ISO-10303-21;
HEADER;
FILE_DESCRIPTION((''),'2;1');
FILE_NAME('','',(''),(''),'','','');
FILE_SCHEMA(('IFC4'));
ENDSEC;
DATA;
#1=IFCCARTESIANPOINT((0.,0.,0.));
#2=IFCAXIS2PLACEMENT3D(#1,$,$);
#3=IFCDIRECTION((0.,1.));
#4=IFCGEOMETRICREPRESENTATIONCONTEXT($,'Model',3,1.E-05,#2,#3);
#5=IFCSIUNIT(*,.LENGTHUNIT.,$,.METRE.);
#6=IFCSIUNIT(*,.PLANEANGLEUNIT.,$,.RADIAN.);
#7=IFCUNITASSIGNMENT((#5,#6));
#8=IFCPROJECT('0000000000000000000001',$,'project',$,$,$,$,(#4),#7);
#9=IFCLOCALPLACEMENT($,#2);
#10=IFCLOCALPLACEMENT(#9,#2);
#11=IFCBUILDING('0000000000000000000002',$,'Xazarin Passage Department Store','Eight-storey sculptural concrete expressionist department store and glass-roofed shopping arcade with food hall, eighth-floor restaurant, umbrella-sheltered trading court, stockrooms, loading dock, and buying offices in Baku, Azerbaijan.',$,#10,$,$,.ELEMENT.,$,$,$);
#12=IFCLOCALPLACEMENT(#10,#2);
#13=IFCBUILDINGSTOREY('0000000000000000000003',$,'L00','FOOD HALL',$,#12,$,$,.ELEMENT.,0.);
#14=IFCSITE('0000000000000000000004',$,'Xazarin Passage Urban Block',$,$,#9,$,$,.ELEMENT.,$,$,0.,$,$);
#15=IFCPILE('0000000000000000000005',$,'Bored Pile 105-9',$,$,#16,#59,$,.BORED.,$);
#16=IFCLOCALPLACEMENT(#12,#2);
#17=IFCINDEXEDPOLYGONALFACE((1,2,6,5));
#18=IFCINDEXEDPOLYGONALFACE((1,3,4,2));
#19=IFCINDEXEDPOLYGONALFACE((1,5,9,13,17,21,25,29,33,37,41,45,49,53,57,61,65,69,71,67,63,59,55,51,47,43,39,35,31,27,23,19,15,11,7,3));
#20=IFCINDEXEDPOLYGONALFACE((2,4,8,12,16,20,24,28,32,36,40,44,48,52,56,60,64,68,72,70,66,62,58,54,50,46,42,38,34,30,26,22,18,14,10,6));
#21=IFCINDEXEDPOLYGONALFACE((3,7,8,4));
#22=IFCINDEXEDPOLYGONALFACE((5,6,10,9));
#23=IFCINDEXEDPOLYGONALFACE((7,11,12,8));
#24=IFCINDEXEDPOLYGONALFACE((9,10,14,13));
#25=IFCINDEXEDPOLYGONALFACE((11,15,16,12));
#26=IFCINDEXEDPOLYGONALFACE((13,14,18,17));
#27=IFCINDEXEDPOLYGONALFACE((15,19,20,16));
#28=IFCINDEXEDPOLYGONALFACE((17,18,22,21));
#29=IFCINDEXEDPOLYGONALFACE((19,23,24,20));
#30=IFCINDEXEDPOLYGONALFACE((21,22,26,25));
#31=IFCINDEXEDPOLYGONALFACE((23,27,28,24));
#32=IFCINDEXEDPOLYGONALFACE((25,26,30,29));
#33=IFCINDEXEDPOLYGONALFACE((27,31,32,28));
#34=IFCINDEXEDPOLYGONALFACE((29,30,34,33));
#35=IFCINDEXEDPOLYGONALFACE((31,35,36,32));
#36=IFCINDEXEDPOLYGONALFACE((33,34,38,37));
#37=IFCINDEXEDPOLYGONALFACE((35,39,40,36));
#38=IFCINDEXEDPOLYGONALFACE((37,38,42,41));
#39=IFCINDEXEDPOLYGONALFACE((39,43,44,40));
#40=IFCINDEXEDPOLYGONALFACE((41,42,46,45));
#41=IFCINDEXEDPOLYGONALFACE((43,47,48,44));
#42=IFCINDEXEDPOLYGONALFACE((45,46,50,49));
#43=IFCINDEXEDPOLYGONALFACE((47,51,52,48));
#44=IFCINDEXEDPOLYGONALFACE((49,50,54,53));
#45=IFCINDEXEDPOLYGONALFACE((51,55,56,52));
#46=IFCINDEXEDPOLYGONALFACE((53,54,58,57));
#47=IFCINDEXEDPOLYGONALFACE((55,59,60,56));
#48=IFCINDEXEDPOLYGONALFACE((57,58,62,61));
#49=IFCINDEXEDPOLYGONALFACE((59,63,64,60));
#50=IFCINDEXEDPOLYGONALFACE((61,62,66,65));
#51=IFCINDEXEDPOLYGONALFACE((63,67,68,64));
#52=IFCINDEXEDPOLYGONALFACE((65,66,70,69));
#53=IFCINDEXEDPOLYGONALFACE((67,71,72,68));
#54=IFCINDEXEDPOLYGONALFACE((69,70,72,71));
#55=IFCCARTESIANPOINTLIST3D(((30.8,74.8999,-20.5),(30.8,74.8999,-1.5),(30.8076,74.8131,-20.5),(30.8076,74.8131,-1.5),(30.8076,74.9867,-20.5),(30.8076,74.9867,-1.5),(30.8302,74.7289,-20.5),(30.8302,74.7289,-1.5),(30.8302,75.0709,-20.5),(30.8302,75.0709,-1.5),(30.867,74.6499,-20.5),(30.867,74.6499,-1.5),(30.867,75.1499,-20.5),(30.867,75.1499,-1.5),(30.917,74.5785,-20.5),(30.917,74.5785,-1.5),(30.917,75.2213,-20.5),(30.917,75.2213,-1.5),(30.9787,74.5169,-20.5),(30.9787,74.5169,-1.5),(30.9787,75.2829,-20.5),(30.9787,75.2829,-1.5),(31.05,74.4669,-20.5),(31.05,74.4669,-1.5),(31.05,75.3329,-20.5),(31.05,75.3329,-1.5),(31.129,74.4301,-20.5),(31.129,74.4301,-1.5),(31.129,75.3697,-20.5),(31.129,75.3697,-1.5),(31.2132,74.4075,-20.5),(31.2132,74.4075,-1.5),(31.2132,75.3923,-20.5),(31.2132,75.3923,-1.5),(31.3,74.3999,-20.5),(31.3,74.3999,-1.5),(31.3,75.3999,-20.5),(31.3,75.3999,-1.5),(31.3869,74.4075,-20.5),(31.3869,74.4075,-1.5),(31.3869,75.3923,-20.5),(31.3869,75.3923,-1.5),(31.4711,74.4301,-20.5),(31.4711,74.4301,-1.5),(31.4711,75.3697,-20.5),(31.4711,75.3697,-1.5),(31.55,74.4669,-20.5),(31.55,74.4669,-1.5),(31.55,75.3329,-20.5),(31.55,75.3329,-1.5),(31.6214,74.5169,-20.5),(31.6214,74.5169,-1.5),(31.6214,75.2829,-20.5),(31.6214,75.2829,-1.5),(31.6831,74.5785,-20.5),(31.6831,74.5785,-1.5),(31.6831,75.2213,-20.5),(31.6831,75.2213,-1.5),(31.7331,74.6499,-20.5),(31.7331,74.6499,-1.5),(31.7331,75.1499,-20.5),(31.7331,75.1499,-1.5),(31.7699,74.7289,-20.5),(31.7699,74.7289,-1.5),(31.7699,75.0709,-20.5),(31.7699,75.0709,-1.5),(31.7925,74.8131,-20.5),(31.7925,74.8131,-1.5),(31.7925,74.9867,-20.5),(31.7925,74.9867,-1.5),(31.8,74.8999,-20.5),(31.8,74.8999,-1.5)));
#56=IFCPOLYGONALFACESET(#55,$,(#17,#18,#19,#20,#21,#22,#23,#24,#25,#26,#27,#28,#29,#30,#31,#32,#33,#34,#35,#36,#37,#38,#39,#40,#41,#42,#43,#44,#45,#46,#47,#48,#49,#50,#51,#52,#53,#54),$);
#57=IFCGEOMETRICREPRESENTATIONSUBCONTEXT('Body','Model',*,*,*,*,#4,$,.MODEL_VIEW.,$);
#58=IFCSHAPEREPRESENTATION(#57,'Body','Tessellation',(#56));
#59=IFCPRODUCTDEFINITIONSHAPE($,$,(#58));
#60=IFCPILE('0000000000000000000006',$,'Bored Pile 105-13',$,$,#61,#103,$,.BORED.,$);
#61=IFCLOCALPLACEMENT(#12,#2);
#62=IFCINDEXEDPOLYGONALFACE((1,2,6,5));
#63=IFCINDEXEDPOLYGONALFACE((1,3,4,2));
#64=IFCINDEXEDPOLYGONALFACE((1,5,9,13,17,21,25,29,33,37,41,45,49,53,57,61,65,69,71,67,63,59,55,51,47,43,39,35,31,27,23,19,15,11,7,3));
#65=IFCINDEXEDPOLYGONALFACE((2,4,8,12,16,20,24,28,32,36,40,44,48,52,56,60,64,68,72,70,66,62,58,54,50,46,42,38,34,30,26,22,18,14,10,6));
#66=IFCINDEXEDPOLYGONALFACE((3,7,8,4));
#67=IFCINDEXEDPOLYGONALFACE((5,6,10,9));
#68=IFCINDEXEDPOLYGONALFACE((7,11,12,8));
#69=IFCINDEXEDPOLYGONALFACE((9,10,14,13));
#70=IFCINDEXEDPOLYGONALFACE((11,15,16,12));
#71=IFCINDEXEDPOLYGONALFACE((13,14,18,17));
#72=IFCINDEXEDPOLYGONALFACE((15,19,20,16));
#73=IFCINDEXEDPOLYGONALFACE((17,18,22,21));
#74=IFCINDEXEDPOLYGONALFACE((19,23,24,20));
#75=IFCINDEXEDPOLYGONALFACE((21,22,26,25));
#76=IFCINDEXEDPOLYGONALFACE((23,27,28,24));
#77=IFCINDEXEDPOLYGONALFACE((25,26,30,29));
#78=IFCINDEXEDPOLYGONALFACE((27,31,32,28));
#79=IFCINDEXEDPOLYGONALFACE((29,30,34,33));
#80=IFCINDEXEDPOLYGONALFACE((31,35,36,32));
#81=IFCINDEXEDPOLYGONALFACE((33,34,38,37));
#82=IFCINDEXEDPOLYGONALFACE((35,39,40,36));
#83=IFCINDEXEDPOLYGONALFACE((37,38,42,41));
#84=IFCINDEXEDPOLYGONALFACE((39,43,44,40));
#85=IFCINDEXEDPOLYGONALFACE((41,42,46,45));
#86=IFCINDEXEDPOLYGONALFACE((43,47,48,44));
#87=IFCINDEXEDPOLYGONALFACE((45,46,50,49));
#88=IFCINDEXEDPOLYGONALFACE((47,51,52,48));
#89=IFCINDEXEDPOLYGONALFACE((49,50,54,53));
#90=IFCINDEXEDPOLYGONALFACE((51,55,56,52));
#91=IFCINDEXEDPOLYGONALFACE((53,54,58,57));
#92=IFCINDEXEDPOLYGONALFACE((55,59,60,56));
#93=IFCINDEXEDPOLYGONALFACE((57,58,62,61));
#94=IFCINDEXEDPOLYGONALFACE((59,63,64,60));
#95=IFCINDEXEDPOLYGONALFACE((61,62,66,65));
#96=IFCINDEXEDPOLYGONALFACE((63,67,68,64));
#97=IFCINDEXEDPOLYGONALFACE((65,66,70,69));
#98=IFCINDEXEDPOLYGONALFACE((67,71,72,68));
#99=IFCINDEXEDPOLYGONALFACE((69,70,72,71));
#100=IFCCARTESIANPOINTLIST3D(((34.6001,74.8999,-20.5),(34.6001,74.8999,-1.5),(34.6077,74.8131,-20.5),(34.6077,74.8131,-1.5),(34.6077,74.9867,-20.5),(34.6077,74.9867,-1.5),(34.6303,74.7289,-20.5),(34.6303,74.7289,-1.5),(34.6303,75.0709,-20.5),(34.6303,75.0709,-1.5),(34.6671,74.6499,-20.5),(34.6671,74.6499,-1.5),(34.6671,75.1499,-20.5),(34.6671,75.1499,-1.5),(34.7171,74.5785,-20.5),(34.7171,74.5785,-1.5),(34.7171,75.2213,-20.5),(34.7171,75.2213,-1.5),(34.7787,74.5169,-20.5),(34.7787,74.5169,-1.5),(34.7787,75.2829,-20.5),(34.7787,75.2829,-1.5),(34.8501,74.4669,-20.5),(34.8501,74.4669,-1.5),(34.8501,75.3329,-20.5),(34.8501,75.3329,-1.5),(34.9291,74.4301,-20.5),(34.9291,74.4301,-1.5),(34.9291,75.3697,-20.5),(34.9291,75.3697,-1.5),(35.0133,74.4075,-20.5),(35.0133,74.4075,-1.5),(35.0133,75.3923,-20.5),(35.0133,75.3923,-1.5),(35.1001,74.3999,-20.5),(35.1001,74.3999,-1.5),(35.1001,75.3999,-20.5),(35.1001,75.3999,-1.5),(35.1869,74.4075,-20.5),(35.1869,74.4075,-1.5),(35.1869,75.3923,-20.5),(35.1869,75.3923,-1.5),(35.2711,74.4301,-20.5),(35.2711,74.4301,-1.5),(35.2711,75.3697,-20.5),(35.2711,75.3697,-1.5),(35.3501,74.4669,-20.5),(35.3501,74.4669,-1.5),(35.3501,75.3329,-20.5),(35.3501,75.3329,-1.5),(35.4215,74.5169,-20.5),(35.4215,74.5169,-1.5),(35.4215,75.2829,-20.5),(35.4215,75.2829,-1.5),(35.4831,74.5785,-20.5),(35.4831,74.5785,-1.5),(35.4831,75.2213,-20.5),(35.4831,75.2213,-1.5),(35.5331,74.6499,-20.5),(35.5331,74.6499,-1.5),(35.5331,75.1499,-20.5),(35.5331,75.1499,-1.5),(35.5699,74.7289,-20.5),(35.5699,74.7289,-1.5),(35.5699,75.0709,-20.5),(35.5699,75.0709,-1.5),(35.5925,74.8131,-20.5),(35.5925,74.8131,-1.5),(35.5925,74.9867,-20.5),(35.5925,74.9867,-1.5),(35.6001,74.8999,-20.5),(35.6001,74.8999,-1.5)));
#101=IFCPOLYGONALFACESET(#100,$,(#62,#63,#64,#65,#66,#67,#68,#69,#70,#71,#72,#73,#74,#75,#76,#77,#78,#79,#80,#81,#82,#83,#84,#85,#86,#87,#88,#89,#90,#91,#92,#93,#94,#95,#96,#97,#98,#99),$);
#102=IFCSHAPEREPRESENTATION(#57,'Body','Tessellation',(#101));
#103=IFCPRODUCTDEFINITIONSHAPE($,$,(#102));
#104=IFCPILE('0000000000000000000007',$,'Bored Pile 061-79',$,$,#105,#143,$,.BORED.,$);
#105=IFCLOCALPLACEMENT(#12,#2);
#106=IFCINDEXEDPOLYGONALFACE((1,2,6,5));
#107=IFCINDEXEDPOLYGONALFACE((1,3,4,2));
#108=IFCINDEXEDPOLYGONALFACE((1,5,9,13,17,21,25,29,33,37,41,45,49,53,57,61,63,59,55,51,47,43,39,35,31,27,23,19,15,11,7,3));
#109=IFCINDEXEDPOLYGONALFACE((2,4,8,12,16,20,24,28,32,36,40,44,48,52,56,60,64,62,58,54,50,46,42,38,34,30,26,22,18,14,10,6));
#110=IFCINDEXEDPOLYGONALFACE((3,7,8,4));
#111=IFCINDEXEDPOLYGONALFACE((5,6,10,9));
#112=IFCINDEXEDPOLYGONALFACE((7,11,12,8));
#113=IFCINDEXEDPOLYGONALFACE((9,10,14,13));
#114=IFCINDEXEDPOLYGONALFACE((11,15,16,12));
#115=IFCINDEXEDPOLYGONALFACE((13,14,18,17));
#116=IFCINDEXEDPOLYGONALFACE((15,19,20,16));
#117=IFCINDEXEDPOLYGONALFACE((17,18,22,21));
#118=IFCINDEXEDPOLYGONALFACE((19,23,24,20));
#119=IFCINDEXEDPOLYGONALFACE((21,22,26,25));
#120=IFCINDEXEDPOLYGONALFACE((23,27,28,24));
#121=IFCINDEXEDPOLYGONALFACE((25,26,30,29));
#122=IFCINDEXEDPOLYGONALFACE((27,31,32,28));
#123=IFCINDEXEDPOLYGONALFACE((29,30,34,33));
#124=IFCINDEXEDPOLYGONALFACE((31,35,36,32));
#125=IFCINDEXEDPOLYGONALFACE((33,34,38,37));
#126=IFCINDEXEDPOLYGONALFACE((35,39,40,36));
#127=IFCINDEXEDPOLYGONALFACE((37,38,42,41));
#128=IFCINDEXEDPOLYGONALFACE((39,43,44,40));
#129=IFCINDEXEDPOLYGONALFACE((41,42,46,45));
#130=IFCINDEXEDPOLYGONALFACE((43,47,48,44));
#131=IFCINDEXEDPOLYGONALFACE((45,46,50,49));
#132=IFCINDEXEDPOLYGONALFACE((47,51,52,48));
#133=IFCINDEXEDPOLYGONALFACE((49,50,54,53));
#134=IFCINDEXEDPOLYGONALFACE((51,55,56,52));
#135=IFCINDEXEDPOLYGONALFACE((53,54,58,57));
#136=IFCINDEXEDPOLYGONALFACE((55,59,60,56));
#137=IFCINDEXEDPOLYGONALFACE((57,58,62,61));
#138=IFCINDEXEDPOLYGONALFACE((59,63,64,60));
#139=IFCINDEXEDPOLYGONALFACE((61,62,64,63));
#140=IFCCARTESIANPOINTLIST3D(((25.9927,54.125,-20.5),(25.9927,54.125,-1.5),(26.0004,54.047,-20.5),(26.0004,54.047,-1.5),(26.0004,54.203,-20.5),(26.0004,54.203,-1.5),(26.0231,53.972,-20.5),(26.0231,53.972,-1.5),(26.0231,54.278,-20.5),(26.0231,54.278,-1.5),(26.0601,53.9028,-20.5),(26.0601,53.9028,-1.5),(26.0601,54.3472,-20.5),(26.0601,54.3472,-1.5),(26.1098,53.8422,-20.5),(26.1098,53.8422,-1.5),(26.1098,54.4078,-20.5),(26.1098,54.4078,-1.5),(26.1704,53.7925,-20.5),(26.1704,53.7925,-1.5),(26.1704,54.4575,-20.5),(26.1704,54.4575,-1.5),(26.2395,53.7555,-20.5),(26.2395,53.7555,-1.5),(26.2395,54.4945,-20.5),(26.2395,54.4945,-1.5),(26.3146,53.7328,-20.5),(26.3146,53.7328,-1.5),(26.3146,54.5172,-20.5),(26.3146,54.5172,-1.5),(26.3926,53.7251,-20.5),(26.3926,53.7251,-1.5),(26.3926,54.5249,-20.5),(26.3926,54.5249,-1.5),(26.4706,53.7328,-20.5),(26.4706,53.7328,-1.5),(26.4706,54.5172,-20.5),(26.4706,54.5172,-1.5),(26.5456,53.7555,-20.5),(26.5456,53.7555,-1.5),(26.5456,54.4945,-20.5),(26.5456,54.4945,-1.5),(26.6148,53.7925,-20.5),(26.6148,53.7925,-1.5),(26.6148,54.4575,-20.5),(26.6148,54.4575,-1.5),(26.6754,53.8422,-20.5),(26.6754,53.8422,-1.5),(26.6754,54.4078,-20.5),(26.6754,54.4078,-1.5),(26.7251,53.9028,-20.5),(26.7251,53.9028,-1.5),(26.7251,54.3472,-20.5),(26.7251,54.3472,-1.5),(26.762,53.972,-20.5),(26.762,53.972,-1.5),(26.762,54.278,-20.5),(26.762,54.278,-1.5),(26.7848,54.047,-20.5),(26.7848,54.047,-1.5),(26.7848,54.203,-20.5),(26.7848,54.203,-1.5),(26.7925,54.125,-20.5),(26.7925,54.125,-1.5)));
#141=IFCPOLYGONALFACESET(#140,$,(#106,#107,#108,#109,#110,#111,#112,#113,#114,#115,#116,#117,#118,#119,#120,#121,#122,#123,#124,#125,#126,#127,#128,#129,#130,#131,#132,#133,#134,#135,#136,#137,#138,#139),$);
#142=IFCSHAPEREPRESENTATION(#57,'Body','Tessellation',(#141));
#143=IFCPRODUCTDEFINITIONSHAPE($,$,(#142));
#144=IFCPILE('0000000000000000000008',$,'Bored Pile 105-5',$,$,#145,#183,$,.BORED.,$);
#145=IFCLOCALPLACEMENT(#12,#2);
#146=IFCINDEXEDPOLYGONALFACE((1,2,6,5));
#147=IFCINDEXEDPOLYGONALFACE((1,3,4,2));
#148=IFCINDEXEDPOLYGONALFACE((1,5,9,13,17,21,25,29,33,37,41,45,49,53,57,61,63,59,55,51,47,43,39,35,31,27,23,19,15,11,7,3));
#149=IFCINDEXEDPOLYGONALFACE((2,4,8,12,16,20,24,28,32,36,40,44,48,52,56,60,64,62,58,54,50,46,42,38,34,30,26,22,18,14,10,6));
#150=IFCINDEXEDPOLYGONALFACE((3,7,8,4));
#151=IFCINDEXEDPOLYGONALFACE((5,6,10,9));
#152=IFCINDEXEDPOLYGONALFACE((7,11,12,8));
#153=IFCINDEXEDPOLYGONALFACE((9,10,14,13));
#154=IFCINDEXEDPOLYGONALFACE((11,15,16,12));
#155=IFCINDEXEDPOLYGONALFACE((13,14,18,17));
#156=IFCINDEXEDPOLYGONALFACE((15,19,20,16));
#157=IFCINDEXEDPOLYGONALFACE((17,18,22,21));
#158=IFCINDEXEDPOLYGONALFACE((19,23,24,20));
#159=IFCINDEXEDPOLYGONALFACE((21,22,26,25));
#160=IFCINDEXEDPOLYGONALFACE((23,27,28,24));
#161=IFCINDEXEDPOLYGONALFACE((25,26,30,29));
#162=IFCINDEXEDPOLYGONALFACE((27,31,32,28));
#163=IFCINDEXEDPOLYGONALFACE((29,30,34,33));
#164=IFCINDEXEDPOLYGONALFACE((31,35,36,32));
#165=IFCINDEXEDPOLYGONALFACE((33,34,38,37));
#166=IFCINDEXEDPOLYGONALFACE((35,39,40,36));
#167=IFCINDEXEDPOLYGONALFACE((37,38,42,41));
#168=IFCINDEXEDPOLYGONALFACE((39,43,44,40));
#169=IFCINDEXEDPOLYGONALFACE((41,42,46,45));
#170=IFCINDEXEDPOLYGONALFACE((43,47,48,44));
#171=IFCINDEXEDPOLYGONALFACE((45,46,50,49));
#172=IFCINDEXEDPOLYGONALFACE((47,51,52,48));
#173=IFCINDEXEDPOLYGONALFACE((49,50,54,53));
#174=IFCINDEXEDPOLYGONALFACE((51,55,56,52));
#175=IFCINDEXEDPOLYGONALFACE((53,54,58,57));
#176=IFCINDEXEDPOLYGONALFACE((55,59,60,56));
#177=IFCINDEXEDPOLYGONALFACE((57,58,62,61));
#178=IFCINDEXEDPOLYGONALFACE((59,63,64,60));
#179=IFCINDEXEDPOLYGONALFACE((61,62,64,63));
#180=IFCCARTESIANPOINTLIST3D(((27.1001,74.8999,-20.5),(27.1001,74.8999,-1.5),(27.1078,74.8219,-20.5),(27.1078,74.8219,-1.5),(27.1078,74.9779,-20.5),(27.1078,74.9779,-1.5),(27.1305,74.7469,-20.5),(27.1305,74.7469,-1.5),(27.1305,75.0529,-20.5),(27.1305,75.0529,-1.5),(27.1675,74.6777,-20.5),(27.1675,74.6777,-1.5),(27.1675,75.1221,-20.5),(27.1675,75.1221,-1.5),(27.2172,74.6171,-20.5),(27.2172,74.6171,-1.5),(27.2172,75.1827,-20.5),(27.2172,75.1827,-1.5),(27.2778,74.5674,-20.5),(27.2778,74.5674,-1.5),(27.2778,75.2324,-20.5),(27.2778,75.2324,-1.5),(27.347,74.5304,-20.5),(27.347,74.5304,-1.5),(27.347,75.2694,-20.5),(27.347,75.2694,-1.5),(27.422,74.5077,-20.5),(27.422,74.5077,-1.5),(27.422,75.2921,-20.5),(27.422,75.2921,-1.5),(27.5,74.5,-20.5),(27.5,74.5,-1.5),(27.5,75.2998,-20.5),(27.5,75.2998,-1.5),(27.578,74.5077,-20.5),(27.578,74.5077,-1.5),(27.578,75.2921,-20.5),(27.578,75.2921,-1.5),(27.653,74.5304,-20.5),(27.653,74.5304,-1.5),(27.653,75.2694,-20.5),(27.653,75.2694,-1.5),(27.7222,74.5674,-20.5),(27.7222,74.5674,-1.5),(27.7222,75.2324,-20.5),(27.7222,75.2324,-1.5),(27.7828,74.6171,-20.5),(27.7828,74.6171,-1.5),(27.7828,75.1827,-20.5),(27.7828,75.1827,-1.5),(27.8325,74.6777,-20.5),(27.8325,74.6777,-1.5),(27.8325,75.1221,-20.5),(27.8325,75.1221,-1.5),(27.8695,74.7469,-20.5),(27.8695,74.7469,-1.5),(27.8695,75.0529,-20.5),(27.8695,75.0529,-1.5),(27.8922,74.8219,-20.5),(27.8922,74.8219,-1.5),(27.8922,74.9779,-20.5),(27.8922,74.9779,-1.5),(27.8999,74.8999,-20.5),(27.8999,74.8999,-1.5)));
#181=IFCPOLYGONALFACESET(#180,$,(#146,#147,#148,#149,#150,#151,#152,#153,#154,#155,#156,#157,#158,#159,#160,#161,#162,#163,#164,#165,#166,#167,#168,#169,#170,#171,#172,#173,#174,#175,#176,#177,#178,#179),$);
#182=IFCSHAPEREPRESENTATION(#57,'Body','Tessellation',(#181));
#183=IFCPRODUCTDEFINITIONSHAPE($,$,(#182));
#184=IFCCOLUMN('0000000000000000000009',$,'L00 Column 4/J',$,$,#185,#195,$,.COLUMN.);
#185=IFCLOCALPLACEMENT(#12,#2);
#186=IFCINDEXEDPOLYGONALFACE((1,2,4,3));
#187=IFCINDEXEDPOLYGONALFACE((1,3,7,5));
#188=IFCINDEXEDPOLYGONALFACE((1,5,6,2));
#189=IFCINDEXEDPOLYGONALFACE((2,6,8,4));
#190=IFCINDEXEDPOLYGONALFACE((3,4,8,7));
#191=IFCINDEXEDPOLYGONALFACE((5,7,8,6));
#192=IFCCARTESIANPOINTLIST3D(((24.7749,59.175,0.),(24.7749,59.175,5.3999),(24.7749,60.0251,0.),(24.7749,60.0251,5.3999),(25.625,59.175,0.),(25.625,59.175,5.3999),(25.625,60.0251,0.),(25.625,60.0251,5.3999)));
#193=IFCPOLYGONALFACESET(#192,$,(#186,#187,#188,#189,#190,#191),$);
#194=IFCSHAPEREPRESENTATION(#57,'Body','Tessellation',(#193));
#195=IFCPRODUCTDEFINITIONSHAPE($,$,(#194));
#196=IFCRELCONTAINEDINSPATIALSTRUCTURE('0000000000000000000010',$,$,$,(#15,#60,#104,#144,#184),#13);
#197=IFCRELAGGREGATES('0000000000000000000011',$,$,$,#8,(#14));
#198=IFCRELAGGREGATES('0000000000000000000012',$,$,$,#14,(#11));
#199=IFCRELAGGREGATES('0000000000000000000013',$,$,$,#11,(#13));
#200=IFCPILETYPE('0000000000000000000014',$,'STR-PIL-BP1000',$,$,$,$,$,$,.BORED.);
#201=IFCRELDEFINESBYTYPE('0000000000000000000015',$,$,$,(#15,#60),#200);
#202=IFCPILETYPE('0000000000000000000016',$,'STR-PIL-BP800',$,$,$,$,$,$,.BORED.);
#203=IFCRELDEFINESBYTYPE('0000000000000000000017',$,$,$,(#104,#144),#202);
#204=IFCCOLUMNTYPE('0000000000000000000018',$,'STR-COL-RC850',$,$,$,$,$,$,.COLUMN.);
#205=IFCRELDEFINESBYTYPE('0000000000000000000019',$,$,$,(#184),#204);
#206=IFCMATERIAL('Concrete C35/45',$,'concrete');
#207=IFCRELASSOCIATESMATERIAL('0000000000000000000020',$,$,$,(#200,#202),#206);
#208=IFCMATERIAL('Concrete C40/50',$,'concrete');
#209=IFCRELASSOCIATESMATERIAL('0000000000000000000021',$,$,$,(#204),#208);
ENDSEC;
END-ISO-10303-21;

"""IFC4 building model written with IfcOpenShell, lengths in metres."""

from ifc_helpers import new_model, si_unit, direction, frame, origin, origin_2d, place, context, subcontext, project, spatial, rectangle, circle, extrude, material, material_profile, profile_set, type_object, element, save


model = new_model("IFC4")

# Units and contexts
model_context = context("Model", 3, precision=1e-05, world=origin(), true_north=direction((0.0, 1.0)))
body_context = subcontext(model_context, "Body", "Model", "MODEL_VIEW")
ifc_project = project(units=[si_unit("LENGTHUNIT", "METRE"), si_unit("PLANEANGLEUNIT", "RADIAN")], contexts=[model_context])

# Site, building, storey
site_placement = place(None, origin())
site = spatial("IfcSite", under=ifc_project, at=site_placement, Name="Xazarin Passage Urban Block", CompositionType="ELEMENT", RefElevation=0.0)
building_placement = place(site_placement, origin())
building = spatial("IfcBuilding", under=site, at=building_placement, Name="Xazarin Passage Department Store", Description="Eight-storey sculptural concrete expressionist department store and glass-roofed shopping arcade with food hall, eighth-floor restaurant, umbrella-sheltered trading court, stockrooms, loading dock, and buying offices in Baku, Azerbaijan.", CompositionType="ELEMENT")
storey_placement = place(building_placement, origin())
storey = spatial("IfcBuildingStorey", under=building, at=storey_placement, Name="L00", Description="FOOD HALL", CompositionType="ELEMENT", Elevation=0.0)

# Shared definitions
ifc_material_1 = material(Name="Concrete C35/45", Category="concrete")

# Piles
ifc_material_profile_1 = material_profile(ifc_material_1, circle(Radius=0.5, at=origin_2d()), Name="BP 1000")
ifc_profile_set_1 = profile_set([ifc_material_profile_1], Name="Concrete C35/45")
pile_type_1 = type_object("IfcPileType", Name="STR-PIL-BP1000", PredefinedType="BORED", material=ifc_profile_set_1)
for number, where, z_axis, x_axis, name in (
    (1, (31.3, 74.8999, -1.5), (0.0, 0.0, -1.0), (1.0, 0.0, 0.0), "Bored Pile 105-9"),
    (2, (35.1001, 74.8999, -1.5), (0.0, 0.0, -1.0), (1.0, 0.0, 0.0), "Bored Pile 105-13"),
):
    element("IfcPile", number, at=place(storey_placement, frame(where, z_axis=z_axis, x_axis=x_axis)), inside=storey, type_object=pile_type_1, Name=name, PredefinedType="BORED", context=body_context, shape_type="SweptSolid", body=[
        extrude(circle(Radius=0.5, at=origin_2d()), origin(), (0.0, 0.0, 1.0), 19.0),
    ])
ifc_material_profile_2 = material_profile(ifc_material_1, circle(Radius=0.3999, at=origin_2d()), Name="BP 800")
ifc_profile_set_2 = profile_set([ifc_material_profile_2], Name="Concrete C35/45")
pile_type_2 = type_object("IfcPileType", Name="STR-PIL-BP800", PredefinedType="BORED", material=ifc_profile_set_2)
for number, where, z_axis, x_axis, name in (
    (3, (26.3926, 54.125, -1.5), (0.0, 0.0, -1.0), (1.0, 0.0, 0.0), "Bored Pile 061-79"),
    (4, (27.5, 74.8999, -1.5), (0.0, 0.0, -1.0), (1.0, 0.0, 0.0), "Bored Pile 105-5"),
):
    element("IfcPile", number, at=place(storey_placement, frame(where, z_axis=z_axis, x_axis=x_axis)), inside=storey, type_object=pile_type_2, Name=name, PredefinedType="BORED", context=body_context, shape_type="SweptSolid", body=[
        extrude(circle(Radius=0.3999, at=origin_2d()), origin(), (0.0, 0.0, 1.0), 19.0),
    ])

# Column
ifc_material_2 = material(Name="Concrete C40/50", Category="concrete")
ifc_material_profile_3 = material_profile(ifc_material_2, rectangle(XDim=0.8501, YDim=0.8501, at=origin_2d()), Name="RC 850x850")
ifc_profile_set_3 = profile_set([ifc_material_profile_3], Name="Concrete C40/50")
column_type = type_object("IfcColumnType", Name="STR-COL-RC850", PredefinedType="COLUMN", material=ifc_profile_set_3)
for number, where, z_axis, x_axis, name in (
    (5, (25.2, 59.6001, 0.0), (0.0, 0.0, 1.0), (1.0, 0.0, 0.0), "L00 Column 4/J"),
):
    element("IfcColumn", number, at=place(storey_placement, frame(where, z_axis=z_axis, x_axis=x_axis)), inside=storey, type_object=column_type, Name=name, PredefinedType="COLUMN", context=body_context, shape_type="SweptSolid", body=[
        extrude(rectangle(XDim=0.8501, YDim=0.8501, at=origin_2d()), origin(), (0.0, 0.0, 1.0), 5.3999),
    ])

save(model, "model.ifc")
